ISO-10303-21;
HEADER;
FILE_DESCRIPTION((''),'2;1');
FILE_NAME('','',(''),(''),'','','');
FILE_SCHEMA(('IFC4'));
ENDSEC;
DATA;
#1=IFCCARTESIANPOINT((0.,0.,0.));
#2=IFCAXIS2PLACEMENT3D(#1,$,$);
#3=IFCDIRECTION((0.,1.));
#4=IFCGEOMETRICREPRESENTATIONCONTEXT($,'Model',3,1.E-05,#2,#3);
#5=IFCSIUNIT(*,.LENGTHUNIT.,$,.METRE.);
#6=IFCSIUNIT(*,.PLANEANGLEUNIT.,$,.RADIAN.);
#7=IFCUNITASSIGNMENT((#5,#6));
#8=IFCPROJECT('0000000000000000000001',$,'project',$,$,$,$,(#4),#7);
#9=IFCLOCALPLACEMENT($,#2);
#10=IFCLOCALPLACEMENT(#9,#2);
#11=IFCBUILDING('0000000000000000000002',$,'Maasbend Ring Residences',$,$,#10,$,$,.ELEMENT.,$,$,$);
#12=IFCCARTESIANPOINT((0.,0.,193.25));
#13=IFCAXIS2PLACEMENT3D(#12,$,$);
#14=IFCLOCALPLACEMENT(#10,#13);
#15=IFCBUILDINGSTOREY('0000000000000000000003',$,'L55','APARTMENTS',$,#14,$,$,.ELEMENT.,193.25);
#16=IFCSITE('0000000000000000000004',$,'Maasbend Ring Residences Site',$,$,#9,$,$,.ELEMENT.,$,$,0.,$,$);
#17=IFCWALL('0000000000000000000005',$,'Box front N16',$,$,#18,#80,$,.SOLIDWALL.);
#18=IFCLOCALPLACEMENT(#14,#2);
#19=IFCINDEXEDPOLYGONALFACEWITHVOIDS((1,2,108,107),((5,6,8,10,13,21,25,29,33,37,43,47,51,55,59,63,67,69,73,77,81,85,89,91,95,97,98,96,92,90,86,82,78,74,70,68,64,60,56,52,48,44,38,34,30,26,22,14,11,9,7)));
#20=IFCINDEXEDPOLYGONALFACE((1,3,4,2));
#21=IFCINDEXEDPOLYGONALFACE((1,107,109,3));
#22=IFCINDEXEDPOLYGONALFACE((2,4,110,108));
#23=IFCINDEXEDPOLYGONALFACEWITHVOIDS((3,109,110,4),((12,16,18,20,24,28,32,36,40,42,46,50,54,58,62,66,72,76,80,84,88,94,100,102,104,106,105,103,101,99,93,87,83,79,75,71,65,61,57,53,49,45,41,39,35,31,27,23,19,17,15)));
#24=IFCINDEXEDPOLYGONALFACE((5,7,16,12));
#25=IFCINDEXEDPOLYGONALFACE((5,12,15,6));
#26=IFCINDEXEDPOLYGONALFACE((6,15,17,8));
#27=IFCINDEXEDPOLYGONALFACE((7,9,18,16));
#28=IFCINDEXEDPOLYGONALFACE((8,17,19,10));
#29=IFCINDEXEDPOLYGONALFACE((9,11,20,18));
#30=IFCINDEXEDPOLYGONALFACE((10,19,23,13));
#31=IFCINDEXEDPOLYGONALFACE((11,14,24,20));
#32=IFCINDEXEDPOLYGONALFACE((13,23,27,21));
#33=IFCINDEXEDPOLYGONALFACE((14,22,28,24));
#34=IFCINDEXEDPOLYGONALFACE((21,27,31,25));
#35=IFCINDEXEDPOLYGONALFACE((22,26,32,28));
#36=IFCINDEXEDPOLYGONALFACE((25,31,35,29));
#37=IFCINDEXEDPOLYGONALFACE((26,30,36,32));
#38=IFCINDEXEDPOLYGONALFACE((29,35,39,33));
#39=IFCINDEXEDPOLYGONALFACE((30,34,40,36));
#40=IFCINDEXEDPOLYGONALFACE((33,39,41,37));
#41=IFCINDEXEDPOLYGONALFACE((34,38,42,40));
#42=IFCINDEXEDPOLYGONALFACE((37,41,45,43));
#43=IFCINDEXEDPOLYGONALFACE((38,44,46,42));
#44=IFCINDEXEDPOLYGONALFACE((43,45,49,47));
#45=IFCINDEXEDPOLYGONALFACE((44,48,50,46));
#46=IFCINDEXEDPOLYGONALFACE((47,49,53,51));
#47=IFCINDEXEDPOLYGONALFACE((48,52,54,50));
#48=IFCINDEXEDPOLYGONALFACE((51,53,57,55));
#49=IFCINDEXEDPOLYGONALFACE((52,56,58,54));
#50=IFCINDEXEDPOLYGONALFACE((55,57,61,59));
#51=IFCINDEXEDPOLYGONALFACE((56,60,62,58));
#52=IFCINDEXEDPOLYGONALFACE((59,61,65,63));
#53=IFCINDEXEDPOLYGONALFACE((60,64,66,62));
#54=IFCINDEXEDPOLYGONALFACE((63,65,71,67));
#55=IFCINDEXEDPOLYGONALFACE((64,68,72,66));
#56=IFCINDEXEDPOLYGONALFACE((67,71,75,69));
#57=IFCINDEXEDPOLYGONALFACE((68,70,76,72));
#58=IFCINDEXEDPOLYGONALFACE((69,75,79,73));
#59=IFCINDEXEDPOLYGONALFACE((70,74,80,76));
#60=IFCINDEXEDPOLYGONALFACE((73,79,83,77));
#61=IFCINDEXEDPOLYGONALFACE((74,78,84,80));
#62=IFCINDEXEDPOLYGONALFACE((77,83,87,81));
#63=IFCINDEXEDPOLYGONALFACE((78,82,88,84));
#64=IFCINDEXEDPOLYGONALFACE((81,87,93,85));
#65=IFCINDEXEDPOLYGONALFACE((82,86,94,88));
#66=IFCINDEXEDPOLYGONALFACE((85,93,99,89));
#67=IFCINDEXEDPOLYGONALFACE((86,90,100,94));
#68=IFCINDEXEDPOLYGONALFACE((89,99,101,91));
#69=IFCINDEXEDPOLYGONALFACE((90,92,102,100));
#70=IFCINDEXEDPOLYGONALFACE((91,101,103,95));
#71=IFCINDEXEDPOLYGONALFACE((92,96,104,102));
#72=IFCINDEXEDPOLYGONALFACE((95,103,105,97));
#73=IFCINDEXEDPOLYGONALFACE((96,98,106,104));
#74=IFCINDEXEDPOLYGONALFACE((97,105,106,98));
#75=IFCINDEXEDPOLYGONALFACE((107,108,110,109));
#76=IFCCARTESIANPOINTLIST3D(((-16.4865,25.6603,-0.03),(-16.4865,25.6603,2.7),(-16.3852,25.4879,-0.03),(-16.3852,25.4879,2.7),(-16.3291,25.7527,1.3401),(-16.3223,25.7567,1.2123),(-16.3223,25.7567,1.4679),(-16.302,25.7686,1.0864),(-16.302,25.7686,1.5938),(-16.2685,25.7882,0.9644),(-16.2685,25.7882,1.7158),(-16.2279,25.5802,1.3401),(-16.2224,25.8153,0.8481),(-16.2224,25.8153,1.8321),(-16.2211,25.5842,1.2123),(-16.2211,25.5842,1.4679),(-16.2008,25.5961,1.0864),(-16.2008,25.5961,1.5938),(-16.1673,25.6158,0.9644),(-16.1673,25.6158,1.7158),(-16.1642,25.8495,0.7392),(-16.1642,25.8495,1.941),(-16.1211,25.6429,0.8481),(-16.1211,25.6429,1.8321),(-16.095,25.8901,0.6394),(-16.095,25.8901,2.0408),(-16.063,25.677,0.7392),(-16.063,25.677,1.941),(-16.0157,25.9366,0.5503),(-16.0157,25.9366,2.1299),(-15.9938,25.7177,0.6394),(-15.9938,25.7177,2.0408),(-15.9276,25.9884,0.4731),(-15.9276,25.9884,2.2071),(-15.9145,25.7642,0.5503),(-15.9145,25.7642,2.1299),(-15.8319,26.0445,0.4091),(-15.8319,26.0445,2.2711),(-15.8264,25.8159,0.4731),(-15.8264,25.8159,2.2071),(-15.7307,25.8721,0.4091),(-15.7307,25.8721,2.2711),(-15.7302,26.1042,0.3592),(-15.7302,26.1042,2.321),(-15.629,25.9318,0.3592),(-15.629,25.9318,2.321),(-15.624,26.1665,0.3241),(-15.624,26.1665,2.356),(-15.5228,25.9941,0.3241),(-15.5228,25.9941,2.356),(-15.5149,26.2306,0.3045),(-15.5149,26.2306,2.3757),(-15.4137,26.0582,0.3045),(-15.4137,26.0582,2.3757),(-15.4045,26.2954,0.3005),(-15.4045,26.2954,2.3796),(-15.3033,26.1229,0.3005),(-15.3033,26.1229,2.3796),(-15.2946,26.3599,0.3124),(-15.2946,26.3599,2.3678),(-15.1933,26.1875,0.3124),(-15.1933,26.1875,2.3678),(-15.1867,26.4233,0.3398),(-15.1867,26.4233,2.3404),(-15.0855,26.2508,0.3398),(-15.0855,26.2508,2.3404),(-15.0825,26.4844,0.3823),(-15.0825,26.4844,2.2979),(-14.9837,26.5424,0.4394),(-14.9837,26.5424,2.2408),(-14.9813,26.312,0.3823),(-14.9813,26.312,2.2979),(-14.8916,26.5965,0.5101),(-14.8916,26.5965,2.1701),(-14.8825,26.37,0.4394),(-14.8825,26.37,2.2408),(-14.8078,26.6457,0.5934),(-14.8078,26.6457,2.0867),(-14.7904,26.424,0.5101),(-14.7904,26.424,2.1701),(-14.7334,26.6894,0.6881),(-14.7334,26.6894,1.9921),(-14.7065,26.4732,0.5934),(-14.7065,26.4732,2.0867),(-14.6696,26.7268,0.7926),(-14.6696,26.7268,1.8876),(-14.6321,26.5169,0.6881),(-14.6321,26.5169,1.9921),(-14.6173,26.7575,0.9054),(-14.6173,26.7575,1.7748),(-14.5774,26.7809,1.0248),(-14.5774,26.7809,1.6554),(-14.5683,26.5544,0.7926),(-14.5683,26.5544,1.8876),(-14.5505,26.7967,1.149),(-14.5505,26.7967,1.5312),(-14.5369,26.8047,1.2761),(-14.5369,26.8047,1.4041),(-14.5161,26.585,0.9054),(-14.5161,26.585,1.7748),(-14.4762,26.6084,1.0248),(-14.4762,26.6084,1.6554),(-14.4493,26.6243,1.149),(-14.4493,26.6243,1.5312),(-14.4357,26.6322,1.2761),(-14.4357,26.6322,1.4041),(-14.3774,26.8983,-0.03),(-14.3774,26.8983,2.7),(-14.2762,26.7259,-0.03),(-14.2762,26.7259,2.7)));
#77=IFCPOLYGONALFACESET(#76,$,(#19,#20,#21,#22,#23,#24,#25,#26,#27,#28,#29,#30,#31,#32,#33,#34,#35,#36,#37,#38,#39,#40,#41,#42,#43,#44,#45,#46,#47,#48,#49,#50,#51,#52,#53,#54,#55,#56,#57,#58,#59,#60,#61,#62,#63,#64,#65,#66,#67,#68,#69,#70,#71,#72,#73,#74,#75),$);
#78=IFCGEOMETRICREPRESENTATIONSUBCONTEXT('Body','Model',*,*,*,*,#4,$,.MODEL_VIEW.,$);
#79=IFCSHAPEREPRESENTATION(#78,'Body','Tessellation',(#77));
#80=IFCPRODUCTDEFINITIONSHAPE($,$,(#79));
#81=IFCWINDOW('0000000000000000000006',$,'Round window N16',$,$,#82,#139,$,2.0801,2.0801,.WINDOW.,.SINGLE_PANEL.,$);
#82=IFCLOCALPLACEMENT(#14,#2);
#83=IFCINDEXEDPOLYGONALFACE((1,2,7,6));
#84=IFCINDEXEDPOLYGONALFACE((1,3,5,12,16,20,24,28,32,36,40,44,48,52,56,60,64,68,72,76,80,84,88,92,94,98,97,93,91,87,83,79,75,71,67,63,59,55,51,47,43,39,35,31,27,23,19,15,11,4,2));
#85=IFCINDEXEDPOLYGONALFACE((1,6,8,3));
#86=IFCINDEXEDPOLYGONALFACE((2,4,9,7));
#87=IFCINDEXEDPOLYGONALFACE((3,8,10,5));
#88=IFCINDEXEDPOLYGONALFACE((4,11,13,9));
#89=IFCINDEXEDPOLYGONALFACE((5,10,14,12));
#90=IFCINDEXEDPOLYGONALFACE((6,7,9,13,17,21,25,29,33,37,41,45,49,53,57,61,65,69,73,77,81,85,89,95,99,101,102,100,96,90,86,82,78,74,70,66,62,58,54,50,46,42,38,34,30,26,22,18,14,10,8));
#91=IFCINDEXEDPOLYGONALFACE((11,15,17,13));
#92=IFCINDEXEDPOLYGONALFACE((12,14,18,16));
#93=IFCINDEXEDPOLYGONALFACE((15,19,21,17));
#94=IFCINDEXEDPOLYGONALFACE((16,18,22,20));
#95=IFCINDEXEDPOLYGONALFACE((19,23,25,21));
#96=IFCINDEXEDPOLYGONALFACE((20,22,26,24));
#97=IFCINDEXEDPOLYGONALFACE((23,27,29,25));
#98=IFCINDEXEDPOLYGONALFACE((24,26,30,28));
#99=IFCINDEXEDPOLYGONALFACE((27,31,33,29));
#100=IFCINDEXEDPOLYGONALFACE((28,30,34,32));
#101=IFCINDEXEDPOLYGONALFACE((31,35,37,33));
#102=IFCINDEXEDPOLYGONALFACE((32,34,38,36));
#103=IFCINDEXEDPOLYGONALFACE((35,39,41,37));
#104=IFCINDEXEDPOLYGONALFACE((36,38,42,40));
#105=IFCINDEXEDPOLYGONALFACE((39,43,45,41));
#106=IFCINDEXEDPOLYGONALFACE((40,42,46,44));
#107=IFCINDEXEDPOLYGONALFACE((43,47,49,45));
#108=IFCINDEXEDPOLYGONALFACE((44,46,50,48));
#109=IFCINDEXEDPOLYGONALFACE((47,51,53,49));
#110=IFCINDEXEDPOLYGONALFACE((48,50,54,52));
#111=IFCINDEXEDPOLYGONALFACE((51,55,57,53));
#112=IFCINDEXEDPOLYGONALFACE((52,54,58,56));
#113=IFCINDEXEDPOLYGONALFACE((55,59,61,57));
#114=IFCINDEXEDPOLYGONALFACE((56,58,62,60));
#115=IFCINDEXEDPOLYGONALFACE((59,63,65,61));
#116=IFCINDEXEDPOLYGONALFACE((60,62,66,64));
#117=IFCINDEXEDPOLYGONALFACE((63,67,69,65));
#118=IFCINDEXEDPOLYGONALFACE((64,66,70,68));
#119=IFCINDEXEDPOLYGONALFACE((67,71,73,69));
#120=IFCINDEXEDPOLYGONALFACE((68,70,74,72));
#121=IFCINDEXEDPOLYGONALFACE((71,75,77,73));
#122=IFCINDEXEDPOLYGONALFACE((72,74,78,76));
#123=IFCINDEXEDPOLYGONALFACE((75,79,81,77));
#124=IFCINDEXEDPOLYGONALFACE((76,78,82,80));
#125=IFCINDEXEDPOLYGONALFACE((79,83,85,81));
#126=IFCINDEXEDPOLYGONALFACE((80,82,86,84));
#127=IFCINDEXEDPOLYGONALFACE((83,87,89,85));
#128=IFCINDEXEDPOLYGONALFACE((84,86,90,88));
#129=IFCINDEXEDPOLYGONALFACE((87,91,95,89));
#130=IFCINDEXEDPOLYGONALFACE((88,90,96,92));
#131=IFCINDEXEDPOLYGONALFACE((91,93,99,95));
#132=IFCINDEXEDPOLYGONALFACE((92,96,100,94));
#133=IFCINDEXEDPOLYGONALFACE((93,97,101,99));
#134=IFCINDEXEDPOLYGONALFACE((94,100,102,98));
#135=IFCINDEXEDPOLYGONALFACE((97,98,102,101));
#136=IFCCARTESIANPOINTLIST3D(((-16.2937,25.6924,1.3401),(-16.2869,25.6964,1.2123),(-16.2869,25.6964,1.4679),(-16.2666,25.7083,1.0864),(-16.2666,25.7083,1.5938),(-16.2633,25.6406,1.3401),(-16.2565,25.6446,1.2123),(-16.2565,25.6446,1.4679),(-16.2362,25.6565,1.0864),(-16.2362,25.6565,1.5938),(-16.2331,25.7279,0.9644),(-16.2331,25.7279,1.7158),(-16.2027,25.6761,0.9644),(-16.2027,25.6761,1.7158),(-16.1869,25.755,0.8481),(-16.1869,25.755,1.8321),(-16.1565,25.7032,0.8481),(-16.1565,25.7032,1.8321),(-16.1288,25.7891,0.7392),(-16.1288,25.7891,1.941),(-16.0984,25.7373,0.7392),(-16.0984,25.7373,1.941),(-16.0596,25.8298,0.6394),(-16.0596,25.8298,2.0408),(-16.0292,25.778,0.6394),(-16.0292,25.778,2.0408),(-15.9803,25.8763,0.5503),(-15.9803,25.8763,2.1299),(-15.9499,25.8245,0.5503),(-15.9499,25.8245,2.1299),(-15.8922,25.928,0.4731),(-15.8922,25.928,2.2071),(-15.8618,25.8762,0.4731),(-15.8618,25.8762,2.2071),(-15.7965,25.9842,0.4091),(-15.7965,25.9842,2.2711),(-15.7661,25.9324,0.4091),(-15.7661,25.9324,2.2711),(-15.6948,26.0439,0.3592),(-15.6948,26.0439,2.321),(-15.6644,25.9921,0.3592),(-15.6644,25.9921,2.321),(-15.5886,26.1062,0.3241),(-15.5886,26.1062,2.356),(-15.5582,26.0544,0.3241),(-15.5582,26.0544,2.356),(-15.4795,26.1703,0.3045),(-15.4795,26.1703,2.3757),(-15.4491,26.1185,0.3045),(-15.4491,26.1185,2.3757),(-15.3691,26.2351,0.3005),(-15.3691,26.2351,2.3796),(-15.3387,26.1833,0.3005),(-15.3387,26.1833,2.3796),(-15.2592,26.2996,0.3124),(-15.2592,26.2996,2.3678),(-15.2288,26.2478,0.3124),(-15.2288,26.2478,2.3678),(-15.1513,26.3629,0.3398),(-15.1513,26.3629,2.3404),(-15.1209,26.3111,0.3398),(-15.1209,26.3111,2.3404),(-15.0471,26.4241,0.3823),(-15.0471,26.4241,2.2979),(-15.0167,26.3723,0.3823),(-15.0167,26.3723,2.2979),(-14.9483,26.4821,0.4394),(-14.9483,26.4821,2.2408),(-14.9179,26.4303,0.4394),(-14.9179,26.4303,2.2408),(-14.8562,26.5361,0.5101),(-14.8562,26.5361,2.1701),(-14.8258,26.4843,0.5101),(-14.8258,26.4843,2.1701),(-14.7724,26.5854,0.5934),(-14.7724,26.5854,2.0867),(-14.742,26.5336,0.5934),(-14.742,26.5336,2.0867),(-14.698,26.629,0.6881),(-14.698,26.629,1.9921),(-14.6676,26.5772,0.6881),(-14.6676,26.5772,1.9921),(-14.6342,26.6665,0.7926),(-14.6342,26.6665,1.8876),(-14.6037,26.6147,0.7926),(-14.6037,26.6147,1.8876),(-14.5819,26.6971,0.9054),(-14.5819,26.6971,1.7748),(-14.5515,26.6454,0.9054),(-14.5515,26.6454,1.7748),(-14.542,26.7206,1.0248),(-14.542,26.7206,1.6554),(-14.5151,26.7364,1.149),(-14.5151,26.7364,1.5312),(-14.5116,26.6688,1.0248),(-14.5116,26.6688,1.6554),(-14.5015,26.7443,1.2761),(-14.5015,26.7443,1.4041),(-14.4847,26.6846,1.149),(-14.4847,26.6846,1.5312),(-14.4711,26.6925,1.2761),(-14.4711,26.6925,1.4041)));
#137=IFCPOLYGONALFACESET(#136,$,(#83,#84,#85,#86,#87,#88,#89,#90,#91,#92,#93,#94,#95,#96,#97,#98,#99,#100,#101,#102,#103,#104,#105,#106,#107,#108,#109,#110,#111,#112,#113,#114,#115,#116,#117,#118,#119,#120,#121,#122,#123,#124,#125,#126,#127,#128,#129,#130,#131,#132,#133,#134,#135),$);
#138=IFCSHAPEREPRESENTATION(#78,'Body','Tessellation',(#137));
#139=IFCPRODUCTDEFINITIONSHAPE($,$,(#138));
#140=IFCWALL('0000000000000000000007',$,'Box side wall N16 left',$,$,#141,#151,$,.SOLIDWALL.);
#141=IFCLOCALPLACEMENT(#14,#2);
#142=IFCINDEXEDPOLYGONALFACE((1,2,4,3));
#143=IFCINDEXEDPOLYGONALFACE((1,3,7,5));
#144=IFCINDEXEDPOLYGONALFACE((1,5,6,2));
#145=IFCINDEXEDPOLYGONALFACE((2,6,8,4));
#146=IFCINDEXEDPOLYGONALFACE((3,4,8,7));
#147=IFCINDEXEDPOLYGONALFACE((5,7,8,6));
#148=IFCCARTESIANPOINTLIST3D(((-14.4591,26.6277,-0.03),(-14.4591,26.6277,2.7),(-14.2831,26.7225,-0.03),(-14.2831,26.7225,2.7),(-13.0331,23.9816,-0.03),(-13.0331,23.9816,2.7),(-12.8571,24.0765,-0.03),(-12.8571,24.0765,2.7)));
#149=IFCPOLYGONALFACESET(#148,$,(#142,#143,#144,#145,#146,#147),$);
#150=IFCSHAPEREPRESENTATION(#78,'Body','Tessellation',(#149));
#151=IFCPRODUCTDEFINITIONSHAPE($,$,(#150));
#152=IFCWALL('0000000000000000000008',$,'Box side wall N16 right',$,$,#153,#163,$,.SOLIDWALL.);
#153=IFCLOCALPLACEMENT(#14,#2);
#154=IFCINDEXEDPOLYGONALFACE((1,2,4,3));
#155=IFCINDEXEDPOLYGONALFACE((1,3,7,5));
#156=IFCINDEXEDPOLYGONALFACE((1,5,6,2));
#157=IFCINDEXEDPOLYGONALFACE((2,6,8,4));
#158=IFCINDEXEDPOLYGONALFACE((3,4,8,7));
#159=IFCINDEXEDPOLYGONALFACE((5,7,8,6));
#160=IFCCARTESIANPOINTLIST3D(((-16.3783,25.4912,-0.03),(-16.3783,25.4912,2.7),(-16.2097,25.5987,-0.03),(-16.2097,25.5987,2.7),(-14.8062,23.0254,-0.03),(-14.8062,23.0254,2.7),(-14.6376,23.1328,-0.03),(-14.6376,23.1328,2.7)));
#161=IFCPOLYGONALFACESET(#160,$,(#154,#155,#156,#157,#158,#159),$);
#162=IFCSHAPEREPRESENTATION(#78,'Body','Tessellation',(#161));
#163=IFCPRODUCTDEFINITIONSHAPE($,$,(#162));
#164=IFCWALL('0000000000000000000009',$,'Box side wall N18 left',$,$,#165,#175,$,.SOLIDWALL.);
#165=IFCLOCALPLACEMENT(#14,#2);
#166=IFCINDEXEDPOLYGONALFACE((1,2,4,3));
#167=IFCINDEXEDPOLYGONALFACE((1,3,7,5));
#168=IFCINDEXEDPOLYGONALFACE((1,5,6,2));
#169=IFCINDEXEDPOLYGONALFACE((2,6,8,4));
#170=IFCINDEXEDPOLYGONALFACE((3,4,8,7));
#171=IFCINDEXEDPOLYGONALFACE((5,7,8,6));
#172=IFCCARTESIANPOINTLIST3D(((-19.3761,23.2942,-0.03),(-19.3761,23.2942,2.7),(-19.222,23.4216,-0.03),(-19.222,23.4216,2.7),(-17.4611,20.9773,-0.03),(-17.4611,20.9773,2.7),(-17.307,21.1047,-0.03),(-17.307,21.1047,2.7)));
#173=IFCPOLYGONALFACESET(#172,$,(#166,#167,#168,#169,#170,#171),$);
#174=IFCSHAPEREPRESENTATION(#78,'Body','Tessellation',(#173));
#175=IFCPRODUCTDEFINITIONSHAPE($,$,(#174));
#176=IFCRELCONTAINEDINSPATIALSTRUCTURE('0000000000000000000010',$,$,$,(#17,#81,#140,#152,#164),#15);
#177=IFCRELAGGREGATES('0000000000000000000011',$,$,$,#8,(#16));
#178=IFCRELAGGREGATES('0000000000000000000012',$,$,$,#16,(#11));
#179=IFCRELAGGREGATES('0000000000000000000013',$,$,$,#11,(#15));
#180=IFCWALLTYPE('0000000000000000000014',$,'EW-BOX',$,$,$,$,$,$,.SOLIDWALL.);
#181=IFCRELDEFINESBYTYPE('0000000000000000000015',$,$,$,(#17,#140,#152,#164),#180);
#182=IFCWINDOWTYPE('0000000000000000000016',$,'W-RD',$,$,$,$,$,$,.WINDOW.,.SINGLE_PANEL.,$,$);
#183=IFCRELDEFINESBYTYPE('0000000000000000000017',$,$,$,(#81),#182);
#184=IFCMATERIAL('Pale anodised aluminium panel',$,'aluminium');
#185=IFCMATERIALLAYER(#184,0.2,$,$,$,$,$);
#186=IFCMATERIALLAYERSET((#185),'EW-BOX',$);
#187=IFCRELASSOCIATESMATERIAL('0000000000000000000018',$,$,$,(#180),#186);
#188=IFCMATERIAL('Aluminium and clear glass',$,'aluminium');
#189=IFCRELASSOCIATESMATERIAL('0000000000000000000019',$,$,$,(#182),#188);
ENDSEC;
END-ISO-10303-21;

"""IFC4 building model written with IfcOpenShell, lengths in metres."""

from ifc_helpers import new_model, si_unit, direction, frame, frame_2d, origin, place, context, subcontext, project, spatial, rectangle, circle, extrude, material, layer, layer_set, type_object, element, fill, save


model = new_model("IFC4")

# Units and contexts
model_context = context("Model", 3, precision=1e-05, world=origin(), true_north=direction((0.0, 1.0)))
body_context = subcontext(model_context, "Body", "Model", "MODEL_VIEW")
ifc_project = project(units=[si_unit("LENGTHUNIT", "METRE"), si_unit("PLANEANGLEUNIT", "RADIAN")], contexts=[model_context])

# Site, building, storey
site_placement = place(None, origin())
site = spatial("IfcSite", under=ifc_project, at=site_placement, Name="Maasbend Ring Residences Site", CompositionType="ELEMENT", RefElevation=0.0)
building_placement = place(site_placement, origin())
building = spatial("IfcBuilding", under=site, at=building_placement, Name="Maasbend Ring Residences", CompositionType="ELEMENT")
storey_placement = place(building_placement, frame((0.0, 0.0, 193.25)))
storey = spatial("IfcBuildingStorey", under=building, at=storey_placement, Name="L55", Description="APARTMENTS", CompositionType="ELEMENT", Elevation=193.25)

# Wall, opening, window
ifc_material_1 = material(Name="Pale anodised aluminium panel", Category="aluminium")
ifc_layer_1 = layer(ifc_material_1, 0.2)
ifc_layer_set_1 = layer_set([ifc_layer_1], Name="EW-BOX")
wall_type_1 = type_object("IfcWallType", Name="EW-BOX", PredefinedType="SOLIDWALL", material=ifc_layer_set_1)
wall_1_placement = place(storey_placement, frame((-14.3269, 26.812, -0.03), z_axis=(0.0, 0.0, 1.0), x_axis=(-0.862403, -0.506222, 0.0)))
wall_1 = element("IfcWall", 1, at=wall_1_placement, inside=storey, type_object=wall_type_1, Name="Box front N16", PredefinedType="SOLIDWALL", context=body_context, shape_type="SweptSolid", body=[
    extrude(rectangle(XDim=2.4456, YDim=0.2, at=frame_2d((1.2227, 0.0))), origin(), (0.0, 0.0, 1.0), 2.73),
])
opening_1_placement = place(wall_1_placement, frame((0.1829, 0.0, 0.3301)))
opening_1 = element("IfcOpeningElement", 2, at=opening_1_placement, cuts=wall_1, PredefinedType="OPENING", context=body_context, shape_type="SweptSolid", body=[
    extrude(circle(Radius=1.04, at=frame_2d((1.04, 1.04))), frame((0.0, 0.1099, 0.0), z_axis=(0.0, -1.0, 0.0), x_axis=(1.0, 0.0, 0.0)), (0.0, 0.0, 1.0), 0.22),
])
ifc_material_2 = material(Name="Aluminium and clear glass", Category="aluminium")
window_type_1 = type_object("IfcWindowType", Name="W-RD", PartitioningType="SINGLE_PANEL", PredefinedType="WINDOW", material=ifc_material_2)
window_1_placement = place(opening_1_placement, origin())
window_1 = element("IfcWindow", 3, at=window_1_placement, inside=storey, type_object=window_type_1, Name="Round window N16", OverallHeight=2.0801, OverallWidth=2.0801, PartitioningType="SINGLE_PANEL", PredefinedType="WINDOW", context=body_context, shape_type="SweptSolid", body=[
    extrude(circle(Radius=1.04, at=frame_2d((1.04, 1.04))), frame((0.0, 0.03, 0.0), z_axis=(0.0, -1.0, 0.0), x_axis=(1.0, 0.0, 0.0)), (0.0, 0.0, 1.0), 0.0601),
])
fill(opening_1, window_1)

# Walls
wall_2_placement = place(storey_placement, frame((-12.9451, 24.0291, -0.03), z_axis=(0.0, 0.0, 1.0), x_axis=(-0.474424, 0.880296, 0.0)))
element("IfcWall", 4, at=wall_2_placement, inside=storey, type_object=wall_type_1, Name="Box side wall N16 left", PredefinedType="SOLIDWALL", context=body_context, shape_type="SweptSolid", body=[
    extrude(rectangle(XDim=3.0059, YDim=0.2, at=frame_2d((1.5029, 0.0))), origin(), (0.0, 0.0, 1.0), 2.73),
])
wall_3_placement = place(storey_placement, frame((-14.7219, 23.0791, -0.03), z_axis=(0.0, 0.0, 1.0), x_axis=(-0.537572, 0.843218, 0.0)))
element("IfcWall", 5, at=wall_3_placement, inside=storey, type_object=wall_type_1, Name="Box side wall N16 right", PredefinedType="SOLIDWALL", context=body_context, shape_type="SweptSolid", body=[
    extrude(rectangle(XDim=2.9243, YDim=0.2, at=frame_2d((1.4622, 0.0))), origin(), (0.0, 0.0, 1.0), 2.73),
])
wall_4_placement = place(storey_placement, frame((-17.384, 21.041, -0.03), z_axis=(0.0, 0.0, 1.0), x_axis=(-0.637096, 0.770785, 0.0)))
element("IfcWall", 6, at=wall_4_placement, inside=storey, type_object=wall_type_1, Name="Box side wall N18 left", PredefinedType="SOLIDWALL", context=body_context, shape_type="SweptSolid", body=[
    extrude(rectangle(XDim=3.0059, YDim=0.2, at=frame_2d((1.5029, 0.0))), origin(), (0.0, 0.0, 1.0), 2.73),
])

save(model, "model.ifc")
